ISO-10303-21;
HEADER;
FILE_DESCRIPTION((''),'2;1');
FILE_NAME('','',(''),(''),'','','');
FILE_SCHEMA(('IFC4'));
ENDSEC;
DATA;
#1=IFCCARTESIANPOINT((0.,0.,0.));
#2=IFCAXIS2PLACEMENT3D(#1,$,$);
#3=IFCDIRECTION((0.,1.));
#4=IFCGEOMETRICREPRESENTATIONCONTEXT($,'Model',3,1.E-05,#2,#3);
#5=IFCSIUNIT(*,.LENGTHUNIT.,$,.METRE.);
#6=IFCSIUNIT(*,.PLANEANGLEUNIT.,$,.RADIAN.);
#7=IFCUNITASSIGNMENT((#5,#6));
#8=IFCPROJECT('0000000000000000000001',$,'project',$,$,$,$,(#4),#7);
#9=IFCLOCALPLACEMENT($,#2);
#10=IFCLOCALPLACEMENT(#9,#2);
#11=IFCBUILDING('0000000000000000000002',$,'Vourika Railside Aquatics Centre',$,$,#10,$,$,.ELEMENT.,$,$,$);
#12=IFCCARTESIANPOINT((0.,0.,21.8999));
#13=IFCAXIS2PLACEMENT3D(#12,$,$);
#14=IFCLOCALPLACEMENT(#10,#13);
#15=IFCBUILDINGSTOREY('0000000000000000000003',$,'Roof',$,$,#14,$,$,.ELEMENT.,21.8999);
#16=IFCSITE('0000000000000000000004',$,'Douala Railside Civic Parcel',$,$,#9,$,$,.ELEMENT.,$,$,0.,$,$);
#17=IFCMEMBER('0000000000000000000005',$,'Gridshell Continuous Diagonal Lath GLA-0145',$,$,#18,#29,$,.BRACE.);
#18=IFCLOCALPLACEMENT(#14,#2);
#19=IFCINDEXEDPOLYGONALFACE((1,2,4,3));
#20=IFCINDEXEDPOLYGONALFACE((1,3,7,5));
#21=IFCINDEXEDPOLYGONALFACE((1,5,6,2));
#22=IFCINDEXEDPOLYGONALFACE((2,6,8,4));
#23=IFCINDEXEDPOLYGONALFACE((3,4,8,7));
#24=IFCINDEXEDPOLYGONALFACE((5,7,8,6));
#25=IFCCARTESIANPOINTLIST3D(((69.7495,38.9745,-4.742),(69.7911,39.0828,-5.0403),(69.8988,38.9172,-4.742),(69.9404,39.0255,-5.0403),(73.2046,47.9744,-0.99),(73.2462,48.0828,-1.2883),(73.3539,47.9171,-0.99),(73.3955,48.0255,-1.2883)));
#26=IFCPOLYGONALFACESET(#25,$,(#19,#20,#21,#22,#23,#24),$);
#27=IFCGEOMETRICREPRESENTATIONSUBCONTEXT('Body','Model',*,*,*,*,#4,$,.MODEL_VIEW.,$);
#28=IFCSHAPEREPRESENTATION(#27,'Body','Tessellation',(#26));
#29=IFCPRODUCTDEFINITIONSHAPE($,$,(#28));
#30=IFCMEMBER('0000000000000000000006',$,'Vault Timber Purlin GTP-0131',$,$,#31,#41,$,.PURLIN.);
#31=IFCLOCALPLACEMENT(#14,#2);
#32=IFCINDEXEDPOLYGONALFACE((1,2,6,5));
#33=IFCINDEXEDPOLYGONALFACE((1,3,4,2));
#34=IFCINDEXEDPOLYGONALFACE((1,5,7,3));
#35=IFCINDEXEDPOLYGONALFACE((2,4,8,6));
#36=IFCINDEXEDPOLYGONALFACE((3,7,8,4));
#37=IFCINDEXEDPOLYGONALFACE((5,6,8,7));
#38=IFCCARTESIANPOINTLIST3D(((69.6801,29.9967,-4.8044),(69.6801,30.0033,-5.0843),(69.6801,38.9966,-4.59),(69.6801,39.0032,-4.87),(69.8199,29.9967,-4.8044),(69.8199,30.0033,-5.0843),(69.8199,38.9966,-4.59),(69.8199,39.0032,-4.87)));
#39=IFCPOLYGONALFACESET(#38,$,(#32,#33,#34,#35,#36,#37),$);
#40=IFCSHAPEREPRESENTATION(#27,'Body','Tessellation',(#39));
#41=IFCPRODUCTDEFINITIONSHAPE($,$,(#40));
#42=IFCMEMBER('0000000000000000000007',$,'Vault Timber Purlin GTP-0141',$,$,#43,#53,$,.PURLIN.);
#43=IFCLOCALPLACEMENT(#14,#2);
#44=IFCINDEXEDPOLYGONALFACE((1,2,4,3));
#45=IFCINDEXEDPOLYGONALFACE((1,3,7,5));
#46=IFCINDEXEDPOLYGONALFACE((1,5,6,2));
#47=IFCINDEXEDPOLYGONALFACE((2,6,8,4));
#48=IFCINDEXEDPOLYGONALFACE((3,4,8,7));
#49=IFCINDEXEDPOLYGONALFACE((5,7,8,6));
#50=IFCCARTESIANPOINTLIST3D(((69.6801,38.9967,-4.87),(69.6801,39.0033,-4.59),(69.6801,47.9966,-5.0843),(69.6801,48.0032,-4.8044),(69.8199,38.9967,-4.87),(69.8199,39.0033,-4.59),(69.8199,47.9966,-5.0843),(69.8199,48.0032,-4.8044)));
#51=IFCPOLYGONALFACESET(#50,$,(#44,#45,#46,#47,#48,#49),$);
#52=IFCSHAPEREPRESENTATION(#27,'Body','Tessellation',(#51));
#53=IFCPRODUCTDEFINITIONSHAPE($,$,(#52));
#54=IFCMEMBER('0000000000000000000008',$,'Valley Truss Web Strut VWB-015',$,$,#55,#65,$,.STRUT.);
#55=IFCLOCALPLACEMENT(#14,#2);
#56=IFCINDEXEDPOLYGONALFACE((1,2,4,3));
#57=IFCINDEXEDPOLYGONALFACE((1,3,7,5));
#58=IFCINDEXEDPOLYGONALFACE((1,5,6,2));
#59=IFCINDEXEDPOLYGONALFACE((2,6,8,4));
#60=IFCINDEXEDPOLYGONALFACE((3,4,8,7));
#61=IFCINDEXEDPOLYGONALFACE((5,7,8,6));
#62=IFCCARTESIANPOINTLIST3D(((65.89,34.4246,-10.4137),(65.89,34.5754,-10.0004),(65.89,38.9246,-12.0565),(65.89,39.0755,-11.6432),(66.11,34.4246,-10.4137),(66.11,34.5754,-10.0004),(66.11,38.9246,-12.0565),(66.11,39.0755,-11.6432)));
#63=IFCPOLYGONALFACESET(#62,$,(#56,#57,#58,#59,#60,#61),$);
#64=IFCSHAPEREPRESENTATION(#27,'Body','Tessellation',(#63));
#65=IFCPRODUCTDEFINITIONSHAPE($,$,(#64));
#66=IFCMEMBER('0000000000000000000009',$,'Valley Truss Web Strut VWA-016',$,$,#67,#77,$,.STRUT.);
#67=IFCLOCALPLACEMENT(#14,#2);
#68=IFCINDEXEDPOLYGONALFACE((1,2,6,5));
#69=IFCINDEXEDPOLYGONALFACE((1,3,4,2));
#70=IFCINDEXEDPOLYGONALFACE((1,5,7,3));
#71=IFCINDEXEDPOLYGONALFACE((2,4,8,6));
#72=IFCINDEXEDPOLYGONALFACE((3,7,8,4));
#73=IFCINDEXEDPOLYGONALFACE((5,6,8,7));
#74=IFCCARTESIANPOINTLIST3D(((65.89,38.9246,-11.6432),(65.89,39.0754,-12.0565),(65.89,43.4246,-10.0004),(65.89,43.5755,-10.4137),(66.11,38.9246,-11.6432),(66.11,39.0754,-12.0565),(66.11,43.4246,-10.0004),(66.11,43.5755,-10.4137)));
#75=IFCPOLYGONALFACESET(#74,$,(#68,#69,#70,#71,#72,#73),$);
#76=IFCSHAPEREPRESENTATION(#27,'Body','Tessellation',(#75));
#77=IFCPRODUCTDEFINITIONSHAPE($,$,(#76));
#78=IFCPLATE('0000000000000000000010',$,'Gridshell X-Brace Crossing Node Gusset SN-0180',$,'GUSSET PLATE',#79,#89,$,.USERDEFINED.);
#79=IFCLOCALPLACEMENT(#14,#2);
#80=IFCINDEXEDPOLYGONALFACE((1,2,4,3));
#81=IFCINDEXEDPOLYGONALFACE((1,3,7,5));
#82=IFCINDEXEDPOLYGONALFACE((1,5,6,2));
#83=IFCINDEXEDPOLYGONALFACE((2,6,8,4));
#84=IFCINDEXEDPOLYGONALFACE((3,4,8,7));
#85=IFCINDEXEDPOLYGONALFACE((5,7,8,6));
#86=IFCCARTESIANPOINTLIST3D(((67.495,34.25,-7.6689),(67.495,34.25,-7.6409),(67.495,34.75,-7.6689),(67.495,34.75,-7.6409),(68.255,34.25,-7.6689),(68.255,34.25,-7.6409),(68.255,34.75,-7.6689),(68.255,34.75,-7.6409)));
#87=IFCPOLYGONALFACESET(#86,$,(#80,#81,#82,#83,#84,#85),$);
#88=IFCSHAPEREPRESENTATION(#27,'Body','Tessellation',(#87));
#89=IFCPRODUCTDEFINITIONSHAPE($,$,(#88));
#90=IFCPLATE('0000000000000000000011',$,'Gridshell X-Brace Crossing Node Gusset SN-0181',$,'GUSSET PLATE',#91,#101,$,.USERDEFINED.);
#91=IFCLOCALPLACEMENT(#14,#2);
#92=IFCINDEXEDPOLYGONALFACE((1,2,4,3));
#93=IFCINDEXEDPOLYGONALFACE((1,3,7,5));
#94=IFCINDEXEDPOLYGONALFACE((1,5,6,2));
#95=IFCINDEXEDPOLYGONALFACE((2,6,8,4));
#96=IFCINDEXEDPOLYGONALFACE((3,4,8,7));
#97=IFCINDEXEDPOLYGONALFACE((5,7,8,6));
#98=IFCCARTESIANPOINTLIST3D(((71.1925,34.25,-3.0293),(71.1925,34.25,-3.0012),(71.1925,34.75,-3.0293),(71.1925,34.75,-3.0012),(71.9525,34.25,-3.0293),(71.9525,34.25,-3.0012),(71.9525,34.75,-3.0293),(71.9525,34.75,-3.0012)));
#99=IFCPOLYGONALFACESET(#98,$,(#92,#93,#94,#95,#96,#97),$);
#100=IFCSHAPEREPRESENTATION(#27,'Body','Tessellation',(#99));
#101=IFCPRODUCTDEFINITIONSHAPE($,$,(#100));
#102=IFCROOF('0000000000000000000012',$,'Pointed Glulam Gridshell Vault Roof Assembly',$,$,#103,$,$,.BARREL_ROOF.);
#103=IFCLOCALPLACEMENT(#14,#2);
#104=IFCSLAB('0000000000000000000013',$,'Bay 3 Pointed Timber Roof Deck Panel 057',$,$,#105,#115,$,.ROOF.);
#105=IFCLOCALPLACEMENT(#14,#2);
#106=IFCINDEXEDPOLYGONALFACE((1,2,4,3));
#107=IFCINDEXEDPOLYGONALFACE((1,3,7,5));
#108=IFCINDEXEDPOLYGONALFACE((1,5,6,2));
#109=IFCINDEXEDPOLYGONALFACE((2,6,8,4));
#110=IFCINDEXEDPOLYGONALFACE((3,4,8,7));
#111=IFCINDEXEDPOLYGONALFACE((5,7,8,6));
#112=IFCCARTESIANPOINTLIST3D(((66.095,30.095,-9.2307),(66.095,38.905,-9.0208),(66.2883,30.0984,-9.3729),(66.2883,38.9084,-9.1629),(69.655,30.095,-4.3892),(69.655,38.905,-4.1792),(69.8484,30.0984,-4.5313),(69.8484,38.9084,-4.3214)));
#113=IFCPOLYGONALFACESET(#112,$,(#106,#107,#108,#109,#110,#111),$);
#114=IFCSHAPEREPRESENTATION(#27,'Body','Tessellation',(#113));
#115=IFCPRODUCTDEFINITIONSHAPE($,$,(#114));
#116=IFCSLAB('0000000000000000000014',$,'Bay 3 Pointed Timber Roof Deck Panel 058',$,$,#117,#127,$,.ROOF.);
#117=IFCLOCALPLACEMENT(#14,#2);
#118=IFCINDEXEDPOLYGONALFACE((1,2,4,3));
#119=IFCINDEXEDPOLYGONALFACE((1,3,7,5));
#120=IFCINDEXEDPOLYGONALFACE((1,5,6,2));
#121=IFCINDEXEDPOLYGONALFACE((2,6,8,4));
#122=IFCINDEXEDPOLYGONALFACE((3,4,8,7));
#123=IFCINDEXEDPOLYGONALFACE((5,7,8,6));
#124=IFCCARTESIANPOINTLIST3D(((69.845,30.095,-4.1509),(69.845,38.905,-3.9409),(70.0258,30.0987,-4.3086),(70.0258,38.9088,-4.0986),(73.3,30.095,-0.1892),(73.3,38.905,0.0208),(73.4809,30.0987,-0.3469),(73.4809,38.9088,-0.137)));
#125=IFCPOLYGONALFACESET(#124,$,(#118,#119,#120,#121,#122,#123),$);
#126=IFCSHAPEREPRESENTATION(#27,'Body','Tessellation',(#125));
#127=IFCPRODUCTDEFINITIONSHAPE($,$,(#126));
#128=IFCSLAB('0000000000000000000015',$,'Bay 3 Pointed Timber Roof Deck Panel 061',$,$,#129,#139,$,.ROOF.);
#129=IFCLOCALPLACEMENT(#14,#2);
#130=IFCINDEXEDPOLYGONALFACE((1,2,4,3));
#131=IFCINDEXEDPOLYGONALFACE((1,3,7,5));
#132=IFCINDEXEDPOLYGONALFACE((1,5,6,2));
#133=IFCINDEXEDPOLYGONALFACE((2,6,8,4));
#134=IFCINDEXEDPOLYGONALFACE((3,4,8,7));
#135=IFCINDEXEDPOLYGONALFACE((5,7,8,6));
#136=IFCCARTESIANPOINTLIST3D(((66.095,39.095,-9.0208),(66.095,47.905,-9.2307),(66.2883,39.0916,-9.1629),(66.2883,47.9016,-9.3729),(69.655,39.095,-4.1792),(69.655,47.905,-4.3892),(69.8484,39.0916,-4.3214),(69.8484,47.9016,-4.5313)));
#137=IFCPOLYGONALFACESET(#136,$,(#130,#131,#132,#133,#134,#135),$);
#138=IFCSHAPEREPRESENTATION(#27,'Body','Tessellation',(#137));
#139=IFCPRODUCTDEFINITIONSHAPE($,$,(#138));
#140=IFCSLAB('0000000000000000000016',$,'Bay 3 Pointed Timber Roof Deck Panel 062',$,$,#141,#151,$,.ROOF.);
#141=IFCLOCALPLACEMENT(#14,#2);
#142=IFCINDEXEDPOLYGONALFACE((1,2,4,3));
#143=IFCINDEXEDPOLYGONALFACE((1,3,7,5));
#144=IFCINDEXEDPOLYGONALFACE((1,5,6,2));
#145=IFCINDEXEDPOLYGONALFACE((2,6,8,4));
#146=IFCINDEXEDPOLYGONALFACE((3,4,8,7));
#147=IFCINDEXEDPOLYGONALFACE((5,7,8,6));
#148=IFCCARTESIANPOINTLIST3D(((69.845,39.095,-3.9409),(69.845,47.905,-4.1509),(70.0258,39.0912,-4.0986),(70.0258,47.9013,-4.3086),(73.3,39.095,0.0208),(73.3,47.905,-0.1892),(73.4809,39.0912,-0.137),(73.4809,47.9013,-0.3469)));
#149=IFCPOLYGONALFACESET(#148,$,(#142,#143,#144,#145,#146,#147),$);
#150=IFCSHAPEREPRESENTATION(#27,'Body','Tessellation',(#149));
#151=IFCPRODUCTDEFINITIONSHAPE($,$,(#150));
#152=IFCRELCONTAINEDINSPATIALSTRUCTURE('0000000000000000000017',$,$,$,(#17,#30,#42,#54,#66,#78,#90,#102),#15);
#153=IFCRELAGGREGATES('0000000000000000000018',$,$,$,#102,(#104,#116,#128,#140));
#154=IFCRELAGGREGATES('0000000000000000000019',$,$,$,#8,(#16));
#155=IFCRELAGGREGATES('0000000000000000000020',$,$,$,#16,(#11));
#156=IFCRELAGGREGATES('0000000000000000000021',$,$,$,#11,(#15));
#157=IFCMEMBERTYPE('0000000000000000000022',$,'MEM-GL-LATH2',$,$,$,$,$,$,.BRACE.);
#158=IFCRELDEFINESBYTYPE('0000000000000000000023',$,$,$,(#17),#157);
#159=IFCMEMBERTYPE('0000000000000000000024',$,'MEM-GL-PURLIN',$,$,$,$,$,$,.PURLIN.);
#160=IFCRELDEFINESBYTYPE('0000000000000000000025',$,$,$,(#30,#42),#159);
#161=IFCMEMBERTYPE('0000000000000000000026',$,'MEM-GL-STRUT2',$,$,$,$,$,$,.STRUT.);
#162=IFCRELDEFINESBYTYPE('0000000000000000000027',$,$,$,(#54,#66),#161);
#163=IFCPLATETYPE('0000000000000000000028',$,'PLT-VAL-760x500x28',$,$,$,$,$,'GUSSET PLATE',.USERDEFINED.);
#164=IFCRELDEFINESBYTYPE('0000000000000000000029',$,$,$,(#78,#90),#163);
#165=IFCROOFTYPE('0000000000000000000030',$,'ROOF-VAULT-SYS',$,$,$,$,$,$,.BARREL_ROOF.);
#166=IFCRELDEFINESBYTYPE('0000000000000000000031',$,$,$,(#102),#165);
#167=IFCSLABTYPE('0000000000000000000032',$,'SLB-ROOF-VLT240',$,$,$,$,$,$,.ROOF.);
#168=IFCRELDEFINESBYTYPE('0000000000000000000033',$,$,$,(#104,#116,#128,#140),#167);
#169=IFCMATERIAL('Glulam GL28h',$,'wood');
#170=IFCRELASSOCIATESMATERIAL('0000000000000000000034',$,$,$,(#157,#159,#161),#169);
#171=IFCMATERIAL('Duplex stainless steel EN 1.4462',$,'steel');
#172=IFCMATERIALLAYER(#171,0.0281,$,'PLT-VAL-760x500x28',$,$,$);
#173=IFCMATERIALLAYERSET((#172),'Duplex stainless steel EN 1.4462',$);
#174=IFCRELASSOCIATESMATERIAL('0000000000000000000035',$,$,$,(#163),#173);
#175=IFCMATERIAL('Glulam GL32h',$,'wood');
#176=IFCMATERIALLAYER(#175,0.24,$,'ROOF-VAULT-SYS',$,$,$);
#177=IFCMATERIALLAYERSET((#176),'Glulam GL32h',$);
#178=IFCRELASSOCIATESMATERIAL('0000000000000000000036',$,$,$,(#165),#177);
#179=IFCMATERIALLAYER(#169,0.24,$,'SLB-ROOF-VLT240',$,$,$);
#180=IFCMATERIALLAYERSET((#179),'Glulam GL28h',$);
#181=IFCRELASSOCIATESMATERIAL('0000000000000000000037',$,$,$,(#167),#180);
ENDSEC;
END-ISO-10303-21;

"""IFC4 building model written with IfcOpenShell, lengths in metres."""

from ifc_helpers import new_model, si_unit, direction, frame, origin, origin_2d, place, context, subcontext, project, spatial, polyline, rectangle, outline, extrude, material, layer, layer_set, material_profile, profile_set, type_object, element, aggregate, save


model = new_model("IFC4")

# Units and contexts
model_context = context("Model", 3, precision=1e-05, world=origin(), true_north=direction((0.0, 1.0)))
body_context = subcontext(model_context, "Body", "Model", "MODEL_VIEW")
ifc_project = project(units=[si_unit("LENGTHUNIT", "METRE"), si_unit("PLANEANGLEUNIT", "RADIAN")], contexts=[model_context])

# Site, building, storey
site_placement = place(None, origin())
site = spatial("IfcSite", under=ifc_project, at=site_placement, Name="Douala Railside Civic Parcel", CompositionType="ELEMENT", RefElevation=0.0)
building_placement = place(site_placement, origin())
building = spatial("IfcBuilding", under=site, at=building_placement, Name="Vourika Railside Aquatics Centre", CompositionType="ELEMENT")
storey_placement = place(building_placement, frame((0.0, 0.0, 21.8999)))
storey = spatial("IfcBuildingStorey", under=building, at=storey_placement, Name="Roof", CompositionType="ELEMENT", Elevation=21.8999)

# Shared definitions
ifc_material_1 = material(Name="Glulam GL32h", Category="wood")

# Members
ifc_material_2 = material(Name="Glulam GL28h", Category="wood")
ifc_material_profile_1 = material_profile(ifc_material_2, rectangle(XDim=0.1599, YDim=0.3201, at=origin_2d()), Name="GL28h 160x320")
ifc_profile_set_1 = profile_set([ifc_material_profile_1], Name="Glulam GL28h")
member_type_1 = type_object("IfcMemberType", Name="MEM-GL-LATH2", PredefinedType="BRACE", material=ifc_profile_set_1)
member_1_placement = place(storey_placement, frame((69.845, 39.0, -4.8911), z_axis=(0.333992, 0.870003, 0.36269), x_axis=(-0.93357, 0.358395, 0.0)))
element("IfcMember", 1, at=member_1_placement, inside=storey, type_object=member_type_1, Name="Gridshell Continuous Diagonal Lath GLA-0145", PredefinedType="BRACE", context=body_context, shape_type="SweptSolid", body=[
    extrude(rectangle(XDim=0.1599, YDim=0.3201, at=origin_2d()), origin(), (0.0, 0.0, 1.0), 10.3447),
])
ifc_material_profile_2 = material_profile(ifc_material_2, rectangle(XDim=0.1399, YDim=0.28, at=origin_2d()), Name="GL28h 140x280")
ifc_profile_set_2 = profile_set([ifc_material_profile_2], Name="Glulam GL28h")
member_type_2 = type_object("IfcMemberType", Name="MEM-GL-PURLIN", PredefinedType="PURLIN", material=ifc_profile_set_2)
for number, where, z_axis, x_axis, name in (
    (2, (69.75, 30.0, -4.9443), (0.0, 0.999716, 0.023811), (-1.0, 0.0, 0.0), "Vault Timber Purlin GTP-0131"),
    (3, (69.75, 39.0, -4.73), (0.0, 0.999716, -0.023811), (-1.0, 0.0, 0.0), "Vault Timber Purlin GTP-0141"),
):
    element("IfcMember", number, at=place(storey_placement, frame(where, z_axis=z_axis, x_axis=x_axis)), inside=storey, type_object=member_type_2, Name=name, PredefinedType="PURLIN", context=body_context, shape_type="SweptSolid", body=[
        extrude(rectangle(XDim=0.1399, YDim=0.28, at=origin_2d()), origin(), (0.0, 0.0, 1.0), 9.0024),
    ])
ifc_material_profile_3 = material_profile(ifc_material_2, rectangle(XDim=0.22, YDim=0.4399, at=origin_2d()), Name="GL28h 220x440")
ifc_profile_set_3 = profile_set([ifc_material_profile_3], Name="Glulam GL28h")
member_type_3 = type_object("IfcMemberType", Name="MEM-GL-STRUT2", PredefinedType="STRUT", material=ifc_profile_set_3)
for number, where, z_axis, x_axis, name in (
    (4, (66.0, 34.5, -10.207), (0.0, 0.93936, -0.342934), (-1.0, 0.0, 0.0), "Valley Truss Web Strut VWB-015"),
    (5, (66.0, 39.0, -11.8499), (0.0, 0.93936, 0.342934), (-1.0, 0.0, 0.0), "Valley Truss Web Strut VWA-016"),
):
    element("IfcMember", number, at=place(storey_placement, frame(where, z_axis=z_axis, x_axis=x_axis)), inside=storey, type_object=member_type_3, Name=name, PredefinedType="STRUT", context=body_context, shape_type="SweptSolid", body=[
        extrude(rectangle(XDim=0.22, YDim=0.4399, at=origin_2d()), origin(), (0.0, 0.0, 1.0), 4.7905),
    ])

# Plates
ifc_material_3 = material(Name="Duplex stainless steel EN 1.4462", Category="steel")
ifc_layer_1 = layer(ifc_material_3, 0.0281, Name="PLT-VAL-760x500x28")
ifc_layer_set_1 = layer_set([ifc_layer_1], Name="Duplex stainless steel EN 1.4462")
plate_type = type_object("IfcPlateType", Name="PLT-VAL-760x500x28", ElementType="GUSSET PLATE", PredefinedType="USERDEFINED", material=ifc_layer_set_1)
for number, where, z_axis, x_axis, name in (
    (6, (67.875, 34.5, -7.6689), (0.0, 0.0, 1.0), (1.0, 0.0, 0.0), "Gridshell X-Brace Crossing Node Gusset SN-0180"),
    (7, (71.5725, 34.5, -3.0293), (0.0, 0.0, 1.0), (1.0, 0.0, 0.0), "Gridshell X-Brace Crossing Node Gusset SN-0181"),
):
    element("IfcPlate", number, at=place(storey_placement, frame(where, z_axis=z_axis, x_axis=x_axis)), inside=storey, type_object=plate_type, Name=name, ObjectType="GUSSET PLATE", PredefinedType="USERDEFINED", context=body_context, shape_type="SweptSolid", body=[
        extrude(rectangle(XDim=0.76, YDim=0.5, at=origin_2d()), origin(), (0.0, 0.0, 1.0), 0.0281),
    ])

# Roof, slabs
ifc_layer_2 = layer(ifc_material_1, 0.24, Name="ROOF-VAULT-SYS")
ifc_layer_set_2 = layer_set([ifc_layer_2], Name="Glulam GL32h")
roof_type = type_object("IfcRoofType", Name="ROOF-VAULT-SYS", PredefinedType="BARREL_ROOF", material=ifc_layer_set_2)
roof_placement = place(storey_placement, origin())
roof = element("IfcRoof", 8, at=roof_placement, inside=storey, type_object=roof_type, Name="Pointed Glulam Gridshell Vault Roof Assembly", PredefinedType="BARREL_ROOF")
ifc_layer_3 = layer(ifc_material_2, 0.24, Name="SLB-ROOF-VLT240")
ifc_layer_set_3 = layer_set([ifc_layer_3], Name="Glulam GL28h")
slab_type = type_object("IfcSlabType", Name="SLB-ROOF-VLT240", PredefinedType="ROOF", material=ifc_layer_set_3)
slab_1_placement = place(storey_placement, frame((66.095, 30.095, -9.2307), z_axis=(-0.805563, -0.014117, 0.592342), x_axis=(0.592401, 0.0, 0.805644)))
slab_1 = element("IfcSlab", 9, at=slab_1_placement, type_object=slab_type, Name="Bay 3 Pointed Timber Roof Deck Panel 057", PredefinedType="ROOF", context=body_context, shape_type="SweptSolid", body=[
    extrude(outline(polyline([(0.0, 0.0), (6.0095, 0.0), (6.1787, 8.8109), (0.1692, 8.8109), (0.0, 0.0)])), origin(), (0.0, 0.0, -1.0), 0.24),
])
slab_2_placement = place(storey_placement, frame((69.845, 30.095, -4.1509), z_axis=(-0.753556, -0.015662, 0.657197), x_axis=(0.657277, 0.0, 0.753649)))
slab_2 = element("IfcSlab", 10, at=slab_2_placement, type_object=slab_type, Name="Bay 3 Pointed Timber Roof Deck Panel 058", PredefinedType="ROOF", context=body_context, shape_type="SweptSolid", body=[
    extrude(outline(polyline([(0.0, 0.0), (5.2567, 0.0), (5.4149, 8.8111), (0.1582, 8.8111), (0.0, 0.0)])), origin(), (0.0, 0.0, -1.0), 0.24),
])
slab_3_placement = place(storey_placement, frame((66.095, 39.095, -9.0208), z_axis=(-0.805563, 0.014117, 0.592342), x_axis=(0.592401, 0.0, 0.805644)))
slab_3 = element("IfcSlab", 11, at=slab_3_placement, type_object=slab_type, Name="Bay 3 Pointed Timber Roof Deck Panel 061", PredefinedType="ROOF", context=body_context, shape_type="SweptSolid", body=[
    extrude(outline(polyline([(0.0, 0.0), (6.0095, 0.0), (5.8404, 8.8109), (-0.1692, 8.8109), (0.0, 0.0)])), origin(), (0.0, 0.0, -1.0), 0.24),
])
slab_4_placement = place(storey_placement, frame((69.845, 39.095, -3.9409), z_axis=(-0.753556, 0.015662, 0.657197), x_axis=(0.657277, 0.0, 0.753649)))
slab_4 = element("IfcSlab", 12, at=slab_4_placement, type_object=slab_type, Name="Bay 3 Pointed Timber Roof Deck Panel 062", PredefinedType="ROOF", context=body_context, shape_type="SweptSolid", body=[
    extrude(outline(polyline([(0.0, 0.0), (5.2567, 0.0), (5.0984, 8.8111), (-0.1582, 8.8111), (0.0, 0.0)])), origin(), (0.0, 0.0, -1.0), 0.24),
])
aggregate(roof, [slab_1, slab_2, slab_3, slab_4])

save(model, "model.ifc")
